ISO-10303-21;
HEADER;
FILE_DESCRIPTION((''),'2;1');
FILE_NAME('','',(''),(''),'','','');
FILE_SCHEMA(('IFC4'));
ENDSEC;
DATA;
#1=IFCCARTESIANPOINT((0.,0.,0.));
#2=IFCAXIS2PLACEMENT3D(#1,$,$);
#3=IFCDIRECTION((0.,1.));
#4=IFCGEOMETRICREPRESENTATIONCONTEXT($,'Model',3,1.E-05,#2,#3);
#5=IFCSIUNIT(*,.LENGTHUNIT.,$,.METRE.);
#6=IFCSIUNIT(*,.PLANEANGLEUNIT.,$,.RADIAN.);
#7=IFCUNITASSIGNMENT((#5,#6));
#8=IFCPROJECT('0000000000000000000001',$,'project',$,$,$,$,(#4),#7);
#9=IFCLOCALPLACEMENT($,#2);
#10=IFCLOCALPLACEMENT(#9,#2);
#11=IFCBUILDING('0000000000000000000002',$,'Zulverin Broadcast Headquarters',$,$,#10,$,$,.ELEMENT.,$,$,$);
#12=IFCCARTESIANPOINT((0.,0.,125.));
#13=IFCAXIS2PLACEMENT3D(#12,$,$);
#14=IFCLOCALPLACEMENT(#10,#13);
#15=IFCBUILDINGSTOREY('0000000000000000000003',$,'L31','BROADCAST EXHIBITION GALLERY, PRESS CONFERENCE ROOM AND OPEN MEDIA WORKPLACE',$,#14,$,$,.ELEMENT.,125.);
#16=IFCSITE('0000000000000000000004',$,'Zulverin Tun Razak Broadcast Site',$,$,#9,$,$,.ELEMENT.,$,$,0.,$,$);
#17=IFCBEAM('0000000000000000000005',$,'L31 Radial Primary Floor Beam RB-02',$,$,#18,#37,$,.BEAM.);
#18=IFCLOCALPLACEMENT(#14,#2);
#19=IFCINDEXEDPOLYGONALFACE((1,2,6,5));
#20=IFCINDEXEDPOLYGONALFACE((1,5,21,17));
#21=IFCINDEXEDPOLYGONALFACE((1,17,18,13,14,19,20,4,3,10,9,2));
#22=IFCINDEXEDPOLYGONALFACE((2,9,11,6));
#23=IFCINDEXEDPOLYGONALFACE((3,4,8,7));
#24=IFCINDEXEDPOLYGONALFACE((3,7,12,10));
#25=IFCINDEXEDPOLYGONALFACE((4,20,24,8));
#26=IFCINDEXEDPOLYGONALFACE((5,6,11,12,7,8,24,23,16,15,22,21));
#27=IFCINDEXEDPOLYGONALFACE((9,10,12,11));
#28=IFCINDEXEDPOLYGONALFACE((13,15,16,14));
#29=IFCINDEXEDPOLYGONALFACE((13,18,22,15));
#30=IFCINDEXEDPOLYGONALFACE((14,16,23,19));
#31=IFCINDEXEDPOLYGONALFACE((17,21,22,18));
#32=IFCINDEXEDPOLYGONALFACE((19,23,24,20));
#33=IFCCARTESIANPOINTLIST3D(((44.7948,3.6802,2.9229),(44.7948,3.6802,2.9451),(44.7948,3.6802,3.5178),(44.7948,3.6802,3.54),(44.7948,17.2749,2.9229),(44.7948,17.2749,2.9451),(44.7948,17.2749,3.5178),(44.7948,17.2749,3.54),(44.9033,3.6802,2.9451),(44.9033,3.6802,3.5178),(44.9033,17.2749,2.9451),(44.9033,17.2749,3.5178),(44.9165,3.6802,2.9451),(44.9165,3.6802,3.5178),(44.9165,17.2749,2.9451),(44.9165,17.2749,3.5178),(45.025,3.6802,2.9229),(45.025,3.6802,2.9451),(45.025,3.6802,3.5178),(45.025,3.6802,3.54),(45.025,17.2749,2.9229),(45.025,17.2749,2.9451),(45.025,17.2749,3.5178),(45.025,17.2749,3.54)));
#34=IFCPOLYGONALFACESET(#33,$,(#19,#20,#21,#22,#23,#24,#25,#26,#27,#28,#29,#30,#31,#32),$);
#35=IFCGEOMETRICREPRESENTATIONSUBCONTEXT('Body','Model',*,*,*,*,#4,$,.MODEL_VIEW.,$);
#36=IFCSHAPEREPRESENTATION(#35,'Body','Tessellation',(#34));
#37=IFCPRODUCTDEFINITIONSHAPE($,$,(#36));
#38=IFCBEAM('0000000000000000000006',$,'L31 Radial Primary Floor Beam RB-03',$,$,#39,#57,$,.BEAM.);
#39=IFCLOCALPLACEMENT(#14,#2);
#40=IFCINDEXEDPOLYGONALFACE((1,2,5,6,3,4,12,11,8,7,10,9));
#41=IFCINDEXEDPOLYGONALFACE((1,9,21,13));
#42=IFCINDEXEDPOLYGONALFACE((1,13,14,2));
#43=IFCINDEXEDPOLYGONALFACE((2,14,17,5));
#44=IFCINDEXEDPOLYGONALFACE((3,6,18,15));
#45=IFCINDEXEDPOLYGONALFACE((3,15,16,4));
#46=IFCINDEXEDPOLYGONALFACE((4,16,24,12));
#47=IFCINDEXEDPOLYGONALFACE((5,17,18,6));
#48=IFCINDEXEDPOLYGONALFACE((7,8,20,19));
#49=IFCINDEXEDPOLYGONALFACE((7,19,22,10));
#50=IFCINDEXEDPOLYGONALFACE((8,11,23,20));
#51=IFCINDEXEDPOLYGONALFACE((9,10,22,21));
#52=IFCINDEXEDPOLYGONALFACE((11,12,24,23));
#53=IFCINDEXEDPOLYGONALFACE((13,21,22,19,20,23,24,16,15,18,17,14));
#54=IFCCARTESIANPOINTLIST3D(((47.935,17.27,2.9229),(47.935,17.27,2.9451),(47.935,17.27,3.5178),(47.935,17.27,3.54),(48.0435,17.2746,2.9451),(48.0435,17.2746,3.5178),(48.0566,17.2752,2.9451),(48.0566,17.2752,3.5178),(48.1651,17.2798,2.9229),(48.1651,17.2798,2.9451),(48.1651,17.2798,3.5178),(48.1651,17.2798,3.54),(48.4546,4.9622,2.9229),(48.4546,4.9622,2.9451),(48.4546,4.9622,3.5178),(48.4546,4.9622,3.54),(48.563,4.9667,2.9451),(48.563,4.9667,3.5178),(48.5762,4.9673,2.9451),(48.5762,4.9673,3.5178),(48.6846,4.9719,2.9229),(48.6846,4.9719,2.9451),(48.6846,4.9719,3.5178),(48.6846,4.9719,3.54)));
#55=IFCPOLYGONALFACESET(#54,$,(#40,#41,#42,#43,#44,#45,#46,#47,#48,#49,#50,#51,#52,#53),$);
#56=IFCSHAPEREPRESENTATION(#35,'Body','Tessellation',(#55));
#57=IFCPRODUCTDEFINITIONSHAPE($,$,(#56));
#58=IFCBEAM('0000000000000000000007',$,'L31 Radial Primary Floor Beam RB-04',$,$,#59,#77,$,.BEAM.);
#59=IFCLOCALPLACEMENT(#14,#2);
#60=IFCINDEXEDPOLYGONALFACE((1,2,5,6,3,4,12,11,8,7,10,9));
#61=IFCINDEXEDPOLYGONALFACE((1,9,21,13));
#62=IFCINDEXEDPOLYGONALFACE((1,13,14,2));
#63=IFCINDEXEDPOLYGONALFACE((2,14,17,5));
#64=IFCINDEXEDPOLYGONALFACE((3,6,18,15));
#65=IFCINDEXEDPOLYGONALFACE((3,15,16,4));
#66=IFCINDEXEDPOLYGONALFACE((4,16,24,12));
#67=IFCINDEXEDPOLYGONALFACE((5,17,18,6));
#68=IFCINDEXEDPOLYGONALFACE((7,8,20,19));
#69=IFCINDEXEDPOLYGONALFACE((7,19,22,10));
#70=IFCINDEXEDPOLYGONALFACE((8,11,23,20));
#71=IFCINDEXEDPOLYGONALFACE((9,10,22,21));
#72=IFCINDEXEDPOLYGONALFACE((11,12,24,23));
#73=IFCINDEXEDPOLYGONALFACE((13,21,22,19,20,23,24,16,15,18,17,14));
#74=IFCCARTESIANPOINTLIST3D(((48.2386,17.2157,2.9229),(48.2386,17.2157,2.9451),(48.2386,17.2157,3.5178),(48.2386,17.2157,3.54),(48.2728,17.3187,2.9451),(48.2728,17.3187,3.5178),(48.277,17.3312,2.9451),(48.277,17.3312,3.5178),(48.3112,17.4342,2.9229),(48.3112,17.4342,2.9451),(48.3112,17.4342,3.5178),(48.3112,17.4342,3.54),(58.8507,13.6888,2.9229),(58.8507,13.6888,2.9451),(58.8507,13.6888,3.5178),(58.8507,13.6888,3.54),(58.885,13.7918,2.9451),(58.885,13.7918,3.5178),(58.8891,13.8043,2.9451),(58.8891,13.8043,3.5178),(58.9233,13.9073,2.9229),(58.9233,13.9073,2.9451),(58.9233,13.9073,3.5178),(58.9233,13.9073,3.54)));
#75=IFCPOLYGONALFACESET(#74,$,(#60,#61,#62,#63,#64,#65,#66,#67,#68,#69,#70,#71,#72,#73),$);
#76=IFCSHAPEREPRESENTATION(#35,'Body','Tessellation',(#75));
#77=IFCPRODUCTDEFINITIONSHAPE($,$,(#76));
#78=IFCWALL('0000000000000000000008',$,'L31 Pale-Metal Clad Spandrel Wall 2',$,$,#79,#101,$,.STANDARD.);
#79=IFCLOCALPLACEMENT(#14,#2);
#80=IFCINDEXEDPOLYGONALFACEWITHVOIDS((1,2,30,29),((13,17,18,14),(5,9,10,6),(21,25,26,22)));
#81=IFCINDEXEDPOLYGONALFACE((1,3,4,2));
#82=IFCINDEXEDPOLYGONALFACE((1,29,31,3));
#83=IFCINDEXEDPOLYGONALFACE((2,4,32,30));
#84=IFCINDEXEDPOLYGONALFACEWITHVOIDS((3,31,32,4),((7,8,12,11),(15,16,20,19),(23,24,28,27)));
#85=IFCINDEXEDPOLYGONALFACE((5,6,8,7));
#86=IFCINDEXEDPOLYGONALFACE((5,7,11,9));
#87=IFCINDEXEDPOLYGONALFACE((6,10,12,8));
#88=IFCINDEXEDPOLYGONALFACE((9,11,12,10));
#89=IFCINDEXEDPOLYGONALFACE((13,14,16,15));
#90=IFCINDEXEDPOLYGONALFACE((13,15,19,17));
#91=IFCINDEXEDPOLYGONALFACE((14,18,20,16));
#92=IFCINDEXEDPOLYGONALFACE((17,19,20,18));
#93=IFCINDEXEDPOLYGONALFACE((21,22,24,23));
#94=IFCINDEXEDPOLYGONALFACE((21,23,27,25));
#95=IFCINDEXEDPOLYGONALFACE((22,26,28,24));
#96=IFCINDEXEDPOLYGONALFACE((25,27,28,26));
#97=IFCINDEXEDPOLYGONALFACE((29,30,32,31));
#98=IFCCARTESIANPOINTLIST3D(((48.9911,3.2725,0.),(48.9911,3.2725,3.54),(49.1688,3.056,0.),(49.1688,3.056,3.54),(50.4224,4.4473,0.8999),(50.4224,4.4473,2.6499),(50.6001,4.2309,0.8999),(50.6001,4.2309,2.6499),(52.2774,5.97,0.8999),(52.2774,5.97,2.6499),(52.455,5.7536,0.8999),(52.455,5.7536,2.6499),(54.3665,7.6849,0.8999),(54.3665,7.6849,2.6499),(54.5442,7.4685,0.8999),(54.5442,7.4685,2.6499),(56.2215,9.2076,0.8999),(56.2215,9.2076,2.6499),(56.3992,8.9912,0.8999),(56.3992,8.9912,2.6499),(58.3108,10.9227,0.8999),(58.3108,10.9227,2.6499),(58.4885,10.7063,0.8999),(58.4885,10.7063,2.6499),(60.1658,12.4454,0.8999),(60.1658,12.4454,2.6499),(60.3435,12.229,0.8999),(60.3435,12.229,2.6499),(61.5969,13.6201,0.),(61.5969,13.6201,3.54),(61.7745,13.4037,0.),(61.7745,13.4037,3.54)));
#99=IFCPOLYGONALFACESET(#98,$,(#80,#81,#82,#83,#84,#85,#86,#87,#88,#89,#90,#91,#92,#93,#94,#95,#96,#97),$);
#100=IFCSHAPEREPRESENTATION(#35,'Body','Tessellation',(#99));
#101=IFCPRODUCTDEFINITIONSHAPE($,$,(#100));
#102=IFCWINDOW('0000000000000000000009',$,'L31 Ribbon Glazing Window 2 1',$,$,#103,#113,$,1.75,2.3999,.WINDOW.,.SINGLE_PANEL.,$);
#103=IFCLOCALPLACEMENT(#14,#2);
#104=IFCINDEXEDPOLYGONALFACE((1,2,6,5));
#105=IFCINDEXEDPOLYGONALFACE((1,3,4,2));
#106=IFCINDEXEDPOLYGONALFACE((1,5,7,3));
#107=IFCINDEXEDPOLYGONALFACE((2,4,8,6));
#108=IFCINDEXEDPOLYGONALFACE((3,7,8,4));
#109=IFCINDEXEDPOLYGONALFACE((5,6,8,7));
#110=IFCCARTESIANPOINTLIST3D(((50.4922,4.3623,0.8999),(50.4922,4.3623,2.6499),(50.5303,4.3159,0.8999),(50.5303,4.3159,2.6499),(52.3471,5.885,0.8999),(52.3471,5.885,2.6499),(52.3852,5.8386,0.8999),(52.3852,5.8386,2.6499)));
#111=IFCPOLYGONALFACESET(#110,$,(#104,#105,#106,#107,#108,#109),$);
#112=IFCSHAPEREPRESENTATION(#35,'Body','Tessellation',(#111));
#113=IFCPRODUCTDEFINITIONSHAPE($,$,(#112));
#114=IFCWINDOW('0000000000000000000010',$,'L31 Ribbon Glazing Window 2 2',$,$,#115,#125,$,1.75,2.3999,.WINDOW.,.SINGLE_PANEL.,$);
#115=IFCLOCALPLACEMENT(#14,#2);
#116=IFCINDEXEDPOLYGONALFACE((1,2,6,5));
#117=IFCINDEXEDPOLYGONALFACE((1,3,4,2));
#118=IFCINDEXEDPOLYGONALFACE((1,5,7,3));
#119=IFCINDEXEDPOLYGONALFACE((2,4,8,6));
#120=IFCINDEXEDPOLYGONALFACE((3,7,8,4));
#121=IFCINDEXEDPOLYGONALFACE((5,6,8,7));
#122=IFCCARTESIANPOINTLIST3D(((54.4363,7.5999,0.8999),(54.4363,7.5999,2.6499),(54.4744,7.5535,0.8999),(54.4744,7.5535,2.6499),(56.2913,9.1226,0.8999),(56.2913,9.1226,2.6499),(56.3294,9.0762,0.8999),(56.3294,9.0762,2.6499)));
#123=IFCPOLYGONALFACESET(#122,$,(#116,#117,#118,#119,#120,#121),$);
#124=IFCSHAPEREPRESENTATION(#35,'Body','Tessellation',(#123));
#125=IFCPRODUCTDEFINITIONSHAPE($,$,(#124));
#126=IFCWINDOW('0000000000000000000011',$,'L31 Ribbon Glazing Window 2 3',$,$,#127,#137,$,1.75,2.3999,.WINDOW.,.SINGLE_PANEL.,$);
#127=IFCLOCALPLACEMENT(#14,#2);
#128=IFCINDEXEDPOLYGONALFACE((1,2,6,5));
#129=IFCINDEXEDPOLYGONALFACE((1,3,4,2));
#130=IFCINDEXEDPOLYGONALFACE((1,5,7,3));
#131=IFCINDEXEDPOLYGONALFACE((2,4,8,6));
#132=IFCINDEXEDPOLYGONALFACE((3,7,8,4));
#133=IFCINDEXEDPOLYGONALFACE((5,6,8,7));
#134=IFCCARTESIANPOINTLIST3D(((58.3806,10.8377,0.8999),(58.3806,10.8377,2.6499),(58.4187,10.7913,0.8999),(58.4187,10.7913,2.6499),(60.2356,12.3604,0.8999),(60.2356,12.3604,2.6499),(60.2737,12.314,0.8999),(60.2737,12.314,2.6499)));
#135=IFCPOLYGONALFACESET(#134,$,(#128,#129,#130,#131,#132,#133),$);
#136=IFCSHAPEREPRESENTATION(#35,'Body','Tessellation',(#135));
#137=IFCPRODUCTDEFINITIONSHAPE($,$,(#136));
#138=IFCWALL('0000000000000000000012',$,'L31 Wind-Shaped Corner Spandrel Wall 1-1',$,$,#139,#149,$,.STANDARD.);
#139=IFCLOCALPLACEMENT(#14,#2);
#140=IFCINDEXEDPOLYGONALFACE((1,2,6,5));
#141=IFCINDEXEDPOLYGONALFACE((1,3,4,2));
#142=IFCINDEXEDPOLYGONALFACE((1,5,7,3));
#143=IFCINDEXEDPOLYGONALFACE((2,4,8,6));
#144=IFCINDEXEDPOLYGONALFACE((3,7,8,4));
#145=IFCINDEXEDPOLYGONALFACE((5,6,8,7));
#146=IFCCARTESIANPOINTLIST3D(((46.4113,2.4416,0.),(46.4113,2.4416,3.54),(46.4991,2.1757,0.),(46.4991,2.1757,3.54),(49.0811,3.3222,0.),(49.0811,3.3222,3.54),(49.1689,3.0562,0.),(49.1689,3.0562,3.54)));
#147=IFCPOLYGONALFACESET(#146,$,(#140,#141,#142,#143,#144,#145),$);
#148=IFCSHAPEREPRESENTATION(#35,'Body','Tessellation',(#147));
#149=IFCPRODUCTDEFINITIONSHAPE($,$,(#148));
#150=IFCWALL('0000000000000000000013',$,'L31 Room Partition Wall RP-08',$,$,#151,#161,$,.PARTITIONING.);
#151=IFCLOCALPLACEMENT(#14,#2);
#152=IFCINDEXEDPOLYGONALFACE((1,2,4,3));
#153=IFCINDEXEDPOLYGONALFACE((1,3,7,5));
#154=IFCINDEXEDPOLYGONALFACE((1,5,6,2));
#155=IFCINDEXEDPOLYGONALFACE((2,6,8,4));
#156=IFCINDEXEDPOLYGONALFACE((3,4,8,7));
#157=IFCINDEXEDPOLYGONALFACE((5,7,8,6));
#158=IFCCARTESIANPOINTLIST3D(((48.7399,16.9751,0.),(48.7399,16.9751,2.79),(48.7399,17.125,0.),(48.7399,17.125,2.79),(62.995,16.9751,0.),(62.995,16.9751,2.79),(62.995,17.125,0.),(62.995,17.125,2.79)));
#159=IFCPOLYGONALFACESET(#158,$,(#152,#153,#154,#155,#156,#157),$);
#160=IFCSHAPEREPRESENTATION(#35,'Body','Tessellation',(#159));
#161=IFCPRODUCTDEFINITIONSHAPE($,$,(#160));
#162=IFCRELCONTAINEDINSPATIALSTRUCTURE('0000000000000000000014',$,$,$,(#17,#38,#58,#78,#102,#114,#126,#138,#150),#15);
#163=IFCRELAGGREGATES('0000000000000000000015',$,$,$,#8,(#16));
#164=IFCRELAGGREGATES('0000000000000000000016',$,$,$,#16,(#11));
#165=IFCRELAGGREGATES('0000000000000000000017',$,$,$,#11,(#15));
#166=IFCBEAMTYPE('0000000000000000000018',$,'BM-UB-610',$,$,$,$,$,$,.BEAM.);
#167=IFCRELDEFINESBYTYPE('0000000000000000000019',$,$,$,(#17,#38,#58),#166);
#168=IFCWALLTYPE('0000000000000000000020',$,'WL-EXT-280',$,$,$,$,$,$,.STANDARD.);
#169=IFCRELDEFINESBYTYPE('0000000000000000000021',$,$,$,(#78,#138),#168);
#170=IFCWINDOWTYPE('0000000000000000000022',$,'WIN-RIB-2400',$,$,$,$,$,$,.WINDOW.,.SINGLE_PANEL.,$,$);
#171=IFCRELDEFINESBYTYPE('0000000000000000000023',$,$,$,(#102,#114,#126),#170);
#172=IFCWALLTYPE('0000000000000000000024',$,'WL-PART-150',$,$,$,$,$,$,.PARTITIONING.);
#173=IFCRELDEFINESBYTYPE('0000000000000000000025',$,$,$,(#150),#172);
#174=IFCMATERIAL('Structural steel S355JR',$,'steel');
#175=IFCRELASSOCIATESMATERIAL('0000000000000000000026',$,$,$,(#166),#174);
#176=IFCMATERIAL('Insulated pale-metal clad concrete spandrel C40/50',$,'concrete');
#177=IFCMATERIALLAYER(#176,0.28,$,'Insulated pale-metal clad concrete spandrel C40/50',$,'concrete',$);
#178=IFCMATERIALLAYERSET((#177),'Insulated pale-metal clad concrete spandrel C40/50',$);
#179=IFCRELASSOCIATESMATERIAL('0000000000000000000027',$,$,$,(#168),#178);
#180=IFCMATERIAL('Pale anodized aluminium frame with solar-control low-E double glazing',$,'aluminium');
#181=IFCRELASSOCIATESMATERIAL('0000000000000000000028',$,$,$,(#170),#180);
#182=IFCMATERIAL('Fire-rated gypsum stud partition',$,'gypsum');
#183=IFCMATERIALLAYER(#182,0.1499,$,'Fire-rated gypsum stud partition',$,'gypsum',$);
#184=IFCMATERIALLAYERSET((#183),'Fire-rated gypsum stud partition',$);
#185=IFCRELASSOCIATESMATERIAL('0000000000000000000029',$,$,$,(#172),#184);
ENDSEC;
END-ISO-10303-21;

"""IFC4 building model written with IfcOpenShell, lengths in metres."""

from ifc_helpers import new_model, si_unit, direction, frame, frame_2d, origin, origin_2d, place, context, subcontext, project, spatial, rectangle, i_section, extrude, material, layer, layer_set, material_profile, profile_set, type_object, element, fill, save


model = new_model("IFC4")

# Units and contexts
model_context = context("Model", 3, precision=1e-05, world=origin(), true_north=direction((0.0, 1.0)))
body_context = subcontext(model_context, "Body", "Model", "MODEL_VIEW")
ifc_project = project(units=[si_unit("LENGTHUNIT", "METRE"), si_unit("PLANEANGLEUNIT", "RADIAN")], contexts=[model_context])

# Site, building, storey
site_placement = place(None, origin())
site = spatial("IfcSite", under=ifc_project, at=site_placement, Name="Zulverin Tun Razak Broadcast Site", CompositionType="ELEMENT", RefElevation=0.0)
building_placement = place(site_placement, origin())
building = spatial("IfcBuilding", under=site, at=building_placement, Name="Zulverin Broadcast Headquarters", CompositionType="ELEMENT")
storey_placement = place(building_placement, frame((0.0, 0.0, 125.0)))
storey = spatial("IfcBuildingStorey", under=building, at=storey_placement, Name="L31", Description="BROADCAST EXHIBITION GALLERY, PRESS CONFERENCE ROOM AND OPEN MEDIA WORKPLACE", CompositionType="ELEMENT", Elevation=125.0)

# Beams
ifc_material_1 = material(Name="Structural steel S355JR", Category="steel")
ifc_material_profile_1 = material_profile(ifc_material_1, i_section(OverallWidth=0.2302, OverallDepth=0.6172, WebThickness=0.0132, FlangeThickness=0.0222, at=origin_2d()), Name="Structural steel S355JR", Category="steel")
ifc_profile_set_1 = profile_set([ifc_material_profile_1], Name="Structural steel S355JR")
beam_type_1 = type_object("IfcBeamType", Name="BM-UB-610", PredefinedType="BEAM", material=ifc_profile_set_1)
beam_1_placement = place(storey_placement, frame((44.9099, 17.2749, 3.2314), z_axis=(0.0, -1.0, 0.0), x_axis=(1.0, 0.0, 0.0)))
element("IfcBeam", 1, at=beam_1_placement, inside=storey, type_object=beam_type_1, Name="L31 Radial Primary Floor Beam RB-02", PredefinedType="BEAM", context=body_context, shape_type="SweptSolid", body=[
    extrude(i_section(OverallWidth=0.2302, OverallDepth=0.6172, WebThickness=0.0132, FlangeThickness=0.0222, at=origin_2d()), origin(), (0.0, 0.0, 1.0), 13.5947),
])
beam_2_placement = place(storey_placement, frame((48.05, 17.2749, 3.2314), z_axis=(0.042174, -0.99911, 0.0), x_axis=(0.99911, 0.042174, 0.0)))
element("IfcBeam", 2, at=beam_2_placement, inside=storey, type_object=beam_type_1, Name="L31 Radial Primary Floor Beam RB-03", PredefinedType="BEAM", context=body_context, shape_type="SweptSolid", body=[
    extrude(i_section(OverallWidth=0.2302, OverallDepth=0.6172, WebThickness=0.0132, FlangeThickness=0.0222, at=origin_2d()), origin(), (0.0, 0.0, 1.0), 12.3188),
])
beam_3_placement = place(storey_placement, frame((48.2749, 17.325, 3.2314), z_axis=(0.948965, -0.315383, 0.0), x_axis=(0.315383, 0.948965, 0.0)))
element("IfcBeam", 3, at=beam_3_placement, inside=storey, type_object=beam_type_1, Name="L31 Radial Primary Floor Beam RB-04", PredefinedType="BEAM", context=body_context, shape_type="SweptSolid", body=[
    extrude(i_section(OverallWidth=0.2302, OverallDepth=0.6172, WebThickness=0.0132, FlangeThickness=0.0222, at=origin_2d()), origin(), (0.0, 0.0, 1.0), 11.1829),
])

# Wall, openings, windows
ifc_material_2 = material(Name="Insulated pale-metal clad concrete spandrel C40/50", Category="concrete")
ifc_layer_1 = layer(ifc_material_2, 0.28, Name="Insulated pale-metal clad concrete spandrel C40/50", Category="concrete")
ifc_layer_set_1 = layer_set([ifc_layer_1], Name="Insulated pale-metal clad concrete spandrel C40/50")
wall_type_1 = type_object("IfcWallType", Name="WL-EXT-280", PredefinedType="STANDARD", material=ifc_layer_set_1)
wall_1_placement = place(storey_placement, frame((49.0801, 3.1643, 0.0), z_axis=(0.0, 0.0, 1.0), x_axis=(0.772938, 0.634482, 0.0)))
wall_1 = element("IfcWall", 4, at=wall_1_placement, inside=storey, type_object=wall_type_1, Name="L31 Pale-Metal Clad Spandrel Wall 2", PredefinedType="STANDARD", context=body_context, shape_type="SweptSolid", body=[
    extrude(rectangle(XDim=16.3088, YDim=0.28, at=frame_2d((8.1543, 0.0))), origin(), (0.0, 0.0, 1.0), 3.54),
])
opening_1_placement = place(wall_1_placement, frame((1.8516, 0.0, 0.8999)))
opening_1 = element("IfcOpeningElement", 5, at=opening_1_placement, cuts=wall_1, PredefinedType="OPENING", context=body_context, shape_type="SweptSolid", body=[
    extrude(rectangle(XDim=2.3999, YDim=1.75, at=frame_2d((1.2, 0.875))), frame((0.0, 0.1499, 0.0), z_axis=(0.0, -1.0, 0.0), x_axis=(1.0, 0.0, 0.0)), (0.0, 0.0, 1.0), 0.3),
])
opening_2_placement = place(wall_1_placement, frame((6.9543, 0.0, 0.8999)))
opening_2 = element("IfcOpeningElement", 6, at=opening_2_placement, cuts=wall_1, PredefinedType="OPENING", context=body_context, shape_type="SweptSolid", body=[
    extrude(rectangle(XDim=2.3999, YDim=1.75, at=frame_2d((1.2, 0.875))), frame((0.0, 0.1499, 0.0), z_axis=(0.0, -1.0, 0.0), x_axis=(1.0, 0.0, 0.0)), (0.0, 0.0, 1.0), 0.3),
])
opening_3_placement = place(wall_1_placement, frame((12.0574, 0.0, 0.8999)))
opening_3 = element("IfcOpeningElement", 7, at=opening_3_placement, cuts=wall_1, PredefinedType="OPENING", context=body_context, shape_type="SweptSolid", body=[
    extrude(rectangle(XDim=2.3999, YDim=1.75, at=frame_2d((1.2, 0.875))), frame((0.0, 0.1499, 0.0), z_axis=(0.0, -1.0, 0.0), x_axis=(1.0, 0.0, 0.0)), (0.0, 0.0, 1.0), 0.3),
])
ifc_material_3 = material(Name="Pale anodized aluminium frame with solar-control low-E double glazing", Category="aluminium")
window_type = type_object("IfcWindowType", Name="WIN-RIB-2400", PartitioningType="SINGLE_PANEL", PredefinedType="WINDOW", material=ifc_material_3)
window_1_placement = place(opening_1_placement, origin())
window_1 = element("IfcWindow", 8, at=window_1_placement, inside=storey, type_object=window_type, Name="L31 Ribbon Glazing Window 2 1", OverallHeight=1.75, OverallWidth=2.3999, PartitioningType="SINGLE_PANEL", PredefinedType="WINDOW", context=body_context, shape_type="SweptSolid", body=[
    extrude(rectangle(XDim=2.3999, YDim=1.75, at=frame_2d((1.2, 0.875))), frame((0.0, 0.03, 0.0), z_axis=(0.0, -1.0, 0.0), x_axis=(1.0, 0.0, 0.0)), (0.0, 0.0, 1.0), 0.0601),
])
fill(opening_1, window_1)
window_2_placement = place(opening_2_placement, origin())
window_2 = element("IfcWindow", 9, at=window_2_placement, inside=storey, type_object=window_type, Name="L31 Ribbon Glazing Window 2 2", OverallHeight=1.75, OverallWidth=2.3999, PartitioningType="SINGLE_PANEL", PredefinedType="WINDOW", context=body_context, shape_type="SweptSolid", body=[
    extrude(rectangle(XDim=2.3999, YDim=1.75, at=frame_2d((1.2, 0.875))), frame((0.0, 0.03, 0.0), z_axis=(0.0, -1.0, 0.0), x_axis=(1.0, 0.0, 0.0)), (0.0, 0.0, 1.0), 0.0601),
])
fill(opening_2, window_2)
window_3_placement = place(opening_3_placement, origin())
window_3 = element("IfcWindow", 10, at=window_3_placement, inside=storey, type_object=window_type, Name="L31 Ribbon Glazing Window 2 3", OverallHeight=1.75, OverallWidth=2.3999, PartitioningType="SINGLE_PANEL", PredefinedType="WINDOW", context=body_context, shape_type="SweptSolid", body=[
    extrude(rectangle(XDim=2.3999, YDim=1.75, at=frame_2d((1.2, 0.875))), frame((0.0, 0.03, 0.0), z_axis=(0.0, -1.0, 0.0), x_axis=(1.0, 0.0, 0.0)), (0.0, 0.0, 1.0), 0.0601),
])
fill(opening_3, window_3)

# Walls
wall_2_placement = place(storey_placement, frame((46.4551, 2.3086, 0.0), z_axis=(0.0, 0.0, 1.0), x_axis=(0.949677, 0.31323, 0.0)))
element("IfcWall", 11, at=wall_2_placement, inside=storey, type_object=wall_type_1, Name="L31 Wind-Shaped Corner Spandrel Wall 1-1", PredefinedType="STANDARD", context=body_context, shape_type="SweptSolid", body=[
    extrude(rectangle(XDim=2.8113, YDim=0.28, at=frame_2d((1.4058, 0.0))), origin(), (0.0, 0.0, 1.0), 3.54),
])
ifc_material_4 = material(Name="Fire-rated gypsum stud partition", Category="gypsum")
ifc_layer_2 = layer(ifc_material_4, 0.1499, Name="Fire-rated gypsum stud partition", Category="gypsum")
ifc_layer_set_2 = layer_set([ifc_layer_2], Name="Fire-rated gypsum stud partition")
wall_type_2 = type_object("IfcWallType", Name="WL-PART-150", PredefinedType="PARTITIONING", material=ifc_layer_set_2)
wall_3_placement = place(storey_placement, frame((48.74, 17.05, 0.0), z_axis=(0.0, 0.0, 1.0), x_axis=(1.0, 0.0, 0.0)))
element("IfcWall", 12, at=wall_3_placement, inside=storey, type_object=wall_type_2, Name="L31 Room Partition Wall RP-08", PredefinedType="PARTITIONING", context=body_context, shape_type="SweptSolid", body=[
    extrude(rectangle(XDim=14.2551, YDim=0.1499, at=frame_2d((7.1274, 0.0))), origin(), (0.0, 0.0, 1.0), 2.79),
])

save(model, "model.ifc")
